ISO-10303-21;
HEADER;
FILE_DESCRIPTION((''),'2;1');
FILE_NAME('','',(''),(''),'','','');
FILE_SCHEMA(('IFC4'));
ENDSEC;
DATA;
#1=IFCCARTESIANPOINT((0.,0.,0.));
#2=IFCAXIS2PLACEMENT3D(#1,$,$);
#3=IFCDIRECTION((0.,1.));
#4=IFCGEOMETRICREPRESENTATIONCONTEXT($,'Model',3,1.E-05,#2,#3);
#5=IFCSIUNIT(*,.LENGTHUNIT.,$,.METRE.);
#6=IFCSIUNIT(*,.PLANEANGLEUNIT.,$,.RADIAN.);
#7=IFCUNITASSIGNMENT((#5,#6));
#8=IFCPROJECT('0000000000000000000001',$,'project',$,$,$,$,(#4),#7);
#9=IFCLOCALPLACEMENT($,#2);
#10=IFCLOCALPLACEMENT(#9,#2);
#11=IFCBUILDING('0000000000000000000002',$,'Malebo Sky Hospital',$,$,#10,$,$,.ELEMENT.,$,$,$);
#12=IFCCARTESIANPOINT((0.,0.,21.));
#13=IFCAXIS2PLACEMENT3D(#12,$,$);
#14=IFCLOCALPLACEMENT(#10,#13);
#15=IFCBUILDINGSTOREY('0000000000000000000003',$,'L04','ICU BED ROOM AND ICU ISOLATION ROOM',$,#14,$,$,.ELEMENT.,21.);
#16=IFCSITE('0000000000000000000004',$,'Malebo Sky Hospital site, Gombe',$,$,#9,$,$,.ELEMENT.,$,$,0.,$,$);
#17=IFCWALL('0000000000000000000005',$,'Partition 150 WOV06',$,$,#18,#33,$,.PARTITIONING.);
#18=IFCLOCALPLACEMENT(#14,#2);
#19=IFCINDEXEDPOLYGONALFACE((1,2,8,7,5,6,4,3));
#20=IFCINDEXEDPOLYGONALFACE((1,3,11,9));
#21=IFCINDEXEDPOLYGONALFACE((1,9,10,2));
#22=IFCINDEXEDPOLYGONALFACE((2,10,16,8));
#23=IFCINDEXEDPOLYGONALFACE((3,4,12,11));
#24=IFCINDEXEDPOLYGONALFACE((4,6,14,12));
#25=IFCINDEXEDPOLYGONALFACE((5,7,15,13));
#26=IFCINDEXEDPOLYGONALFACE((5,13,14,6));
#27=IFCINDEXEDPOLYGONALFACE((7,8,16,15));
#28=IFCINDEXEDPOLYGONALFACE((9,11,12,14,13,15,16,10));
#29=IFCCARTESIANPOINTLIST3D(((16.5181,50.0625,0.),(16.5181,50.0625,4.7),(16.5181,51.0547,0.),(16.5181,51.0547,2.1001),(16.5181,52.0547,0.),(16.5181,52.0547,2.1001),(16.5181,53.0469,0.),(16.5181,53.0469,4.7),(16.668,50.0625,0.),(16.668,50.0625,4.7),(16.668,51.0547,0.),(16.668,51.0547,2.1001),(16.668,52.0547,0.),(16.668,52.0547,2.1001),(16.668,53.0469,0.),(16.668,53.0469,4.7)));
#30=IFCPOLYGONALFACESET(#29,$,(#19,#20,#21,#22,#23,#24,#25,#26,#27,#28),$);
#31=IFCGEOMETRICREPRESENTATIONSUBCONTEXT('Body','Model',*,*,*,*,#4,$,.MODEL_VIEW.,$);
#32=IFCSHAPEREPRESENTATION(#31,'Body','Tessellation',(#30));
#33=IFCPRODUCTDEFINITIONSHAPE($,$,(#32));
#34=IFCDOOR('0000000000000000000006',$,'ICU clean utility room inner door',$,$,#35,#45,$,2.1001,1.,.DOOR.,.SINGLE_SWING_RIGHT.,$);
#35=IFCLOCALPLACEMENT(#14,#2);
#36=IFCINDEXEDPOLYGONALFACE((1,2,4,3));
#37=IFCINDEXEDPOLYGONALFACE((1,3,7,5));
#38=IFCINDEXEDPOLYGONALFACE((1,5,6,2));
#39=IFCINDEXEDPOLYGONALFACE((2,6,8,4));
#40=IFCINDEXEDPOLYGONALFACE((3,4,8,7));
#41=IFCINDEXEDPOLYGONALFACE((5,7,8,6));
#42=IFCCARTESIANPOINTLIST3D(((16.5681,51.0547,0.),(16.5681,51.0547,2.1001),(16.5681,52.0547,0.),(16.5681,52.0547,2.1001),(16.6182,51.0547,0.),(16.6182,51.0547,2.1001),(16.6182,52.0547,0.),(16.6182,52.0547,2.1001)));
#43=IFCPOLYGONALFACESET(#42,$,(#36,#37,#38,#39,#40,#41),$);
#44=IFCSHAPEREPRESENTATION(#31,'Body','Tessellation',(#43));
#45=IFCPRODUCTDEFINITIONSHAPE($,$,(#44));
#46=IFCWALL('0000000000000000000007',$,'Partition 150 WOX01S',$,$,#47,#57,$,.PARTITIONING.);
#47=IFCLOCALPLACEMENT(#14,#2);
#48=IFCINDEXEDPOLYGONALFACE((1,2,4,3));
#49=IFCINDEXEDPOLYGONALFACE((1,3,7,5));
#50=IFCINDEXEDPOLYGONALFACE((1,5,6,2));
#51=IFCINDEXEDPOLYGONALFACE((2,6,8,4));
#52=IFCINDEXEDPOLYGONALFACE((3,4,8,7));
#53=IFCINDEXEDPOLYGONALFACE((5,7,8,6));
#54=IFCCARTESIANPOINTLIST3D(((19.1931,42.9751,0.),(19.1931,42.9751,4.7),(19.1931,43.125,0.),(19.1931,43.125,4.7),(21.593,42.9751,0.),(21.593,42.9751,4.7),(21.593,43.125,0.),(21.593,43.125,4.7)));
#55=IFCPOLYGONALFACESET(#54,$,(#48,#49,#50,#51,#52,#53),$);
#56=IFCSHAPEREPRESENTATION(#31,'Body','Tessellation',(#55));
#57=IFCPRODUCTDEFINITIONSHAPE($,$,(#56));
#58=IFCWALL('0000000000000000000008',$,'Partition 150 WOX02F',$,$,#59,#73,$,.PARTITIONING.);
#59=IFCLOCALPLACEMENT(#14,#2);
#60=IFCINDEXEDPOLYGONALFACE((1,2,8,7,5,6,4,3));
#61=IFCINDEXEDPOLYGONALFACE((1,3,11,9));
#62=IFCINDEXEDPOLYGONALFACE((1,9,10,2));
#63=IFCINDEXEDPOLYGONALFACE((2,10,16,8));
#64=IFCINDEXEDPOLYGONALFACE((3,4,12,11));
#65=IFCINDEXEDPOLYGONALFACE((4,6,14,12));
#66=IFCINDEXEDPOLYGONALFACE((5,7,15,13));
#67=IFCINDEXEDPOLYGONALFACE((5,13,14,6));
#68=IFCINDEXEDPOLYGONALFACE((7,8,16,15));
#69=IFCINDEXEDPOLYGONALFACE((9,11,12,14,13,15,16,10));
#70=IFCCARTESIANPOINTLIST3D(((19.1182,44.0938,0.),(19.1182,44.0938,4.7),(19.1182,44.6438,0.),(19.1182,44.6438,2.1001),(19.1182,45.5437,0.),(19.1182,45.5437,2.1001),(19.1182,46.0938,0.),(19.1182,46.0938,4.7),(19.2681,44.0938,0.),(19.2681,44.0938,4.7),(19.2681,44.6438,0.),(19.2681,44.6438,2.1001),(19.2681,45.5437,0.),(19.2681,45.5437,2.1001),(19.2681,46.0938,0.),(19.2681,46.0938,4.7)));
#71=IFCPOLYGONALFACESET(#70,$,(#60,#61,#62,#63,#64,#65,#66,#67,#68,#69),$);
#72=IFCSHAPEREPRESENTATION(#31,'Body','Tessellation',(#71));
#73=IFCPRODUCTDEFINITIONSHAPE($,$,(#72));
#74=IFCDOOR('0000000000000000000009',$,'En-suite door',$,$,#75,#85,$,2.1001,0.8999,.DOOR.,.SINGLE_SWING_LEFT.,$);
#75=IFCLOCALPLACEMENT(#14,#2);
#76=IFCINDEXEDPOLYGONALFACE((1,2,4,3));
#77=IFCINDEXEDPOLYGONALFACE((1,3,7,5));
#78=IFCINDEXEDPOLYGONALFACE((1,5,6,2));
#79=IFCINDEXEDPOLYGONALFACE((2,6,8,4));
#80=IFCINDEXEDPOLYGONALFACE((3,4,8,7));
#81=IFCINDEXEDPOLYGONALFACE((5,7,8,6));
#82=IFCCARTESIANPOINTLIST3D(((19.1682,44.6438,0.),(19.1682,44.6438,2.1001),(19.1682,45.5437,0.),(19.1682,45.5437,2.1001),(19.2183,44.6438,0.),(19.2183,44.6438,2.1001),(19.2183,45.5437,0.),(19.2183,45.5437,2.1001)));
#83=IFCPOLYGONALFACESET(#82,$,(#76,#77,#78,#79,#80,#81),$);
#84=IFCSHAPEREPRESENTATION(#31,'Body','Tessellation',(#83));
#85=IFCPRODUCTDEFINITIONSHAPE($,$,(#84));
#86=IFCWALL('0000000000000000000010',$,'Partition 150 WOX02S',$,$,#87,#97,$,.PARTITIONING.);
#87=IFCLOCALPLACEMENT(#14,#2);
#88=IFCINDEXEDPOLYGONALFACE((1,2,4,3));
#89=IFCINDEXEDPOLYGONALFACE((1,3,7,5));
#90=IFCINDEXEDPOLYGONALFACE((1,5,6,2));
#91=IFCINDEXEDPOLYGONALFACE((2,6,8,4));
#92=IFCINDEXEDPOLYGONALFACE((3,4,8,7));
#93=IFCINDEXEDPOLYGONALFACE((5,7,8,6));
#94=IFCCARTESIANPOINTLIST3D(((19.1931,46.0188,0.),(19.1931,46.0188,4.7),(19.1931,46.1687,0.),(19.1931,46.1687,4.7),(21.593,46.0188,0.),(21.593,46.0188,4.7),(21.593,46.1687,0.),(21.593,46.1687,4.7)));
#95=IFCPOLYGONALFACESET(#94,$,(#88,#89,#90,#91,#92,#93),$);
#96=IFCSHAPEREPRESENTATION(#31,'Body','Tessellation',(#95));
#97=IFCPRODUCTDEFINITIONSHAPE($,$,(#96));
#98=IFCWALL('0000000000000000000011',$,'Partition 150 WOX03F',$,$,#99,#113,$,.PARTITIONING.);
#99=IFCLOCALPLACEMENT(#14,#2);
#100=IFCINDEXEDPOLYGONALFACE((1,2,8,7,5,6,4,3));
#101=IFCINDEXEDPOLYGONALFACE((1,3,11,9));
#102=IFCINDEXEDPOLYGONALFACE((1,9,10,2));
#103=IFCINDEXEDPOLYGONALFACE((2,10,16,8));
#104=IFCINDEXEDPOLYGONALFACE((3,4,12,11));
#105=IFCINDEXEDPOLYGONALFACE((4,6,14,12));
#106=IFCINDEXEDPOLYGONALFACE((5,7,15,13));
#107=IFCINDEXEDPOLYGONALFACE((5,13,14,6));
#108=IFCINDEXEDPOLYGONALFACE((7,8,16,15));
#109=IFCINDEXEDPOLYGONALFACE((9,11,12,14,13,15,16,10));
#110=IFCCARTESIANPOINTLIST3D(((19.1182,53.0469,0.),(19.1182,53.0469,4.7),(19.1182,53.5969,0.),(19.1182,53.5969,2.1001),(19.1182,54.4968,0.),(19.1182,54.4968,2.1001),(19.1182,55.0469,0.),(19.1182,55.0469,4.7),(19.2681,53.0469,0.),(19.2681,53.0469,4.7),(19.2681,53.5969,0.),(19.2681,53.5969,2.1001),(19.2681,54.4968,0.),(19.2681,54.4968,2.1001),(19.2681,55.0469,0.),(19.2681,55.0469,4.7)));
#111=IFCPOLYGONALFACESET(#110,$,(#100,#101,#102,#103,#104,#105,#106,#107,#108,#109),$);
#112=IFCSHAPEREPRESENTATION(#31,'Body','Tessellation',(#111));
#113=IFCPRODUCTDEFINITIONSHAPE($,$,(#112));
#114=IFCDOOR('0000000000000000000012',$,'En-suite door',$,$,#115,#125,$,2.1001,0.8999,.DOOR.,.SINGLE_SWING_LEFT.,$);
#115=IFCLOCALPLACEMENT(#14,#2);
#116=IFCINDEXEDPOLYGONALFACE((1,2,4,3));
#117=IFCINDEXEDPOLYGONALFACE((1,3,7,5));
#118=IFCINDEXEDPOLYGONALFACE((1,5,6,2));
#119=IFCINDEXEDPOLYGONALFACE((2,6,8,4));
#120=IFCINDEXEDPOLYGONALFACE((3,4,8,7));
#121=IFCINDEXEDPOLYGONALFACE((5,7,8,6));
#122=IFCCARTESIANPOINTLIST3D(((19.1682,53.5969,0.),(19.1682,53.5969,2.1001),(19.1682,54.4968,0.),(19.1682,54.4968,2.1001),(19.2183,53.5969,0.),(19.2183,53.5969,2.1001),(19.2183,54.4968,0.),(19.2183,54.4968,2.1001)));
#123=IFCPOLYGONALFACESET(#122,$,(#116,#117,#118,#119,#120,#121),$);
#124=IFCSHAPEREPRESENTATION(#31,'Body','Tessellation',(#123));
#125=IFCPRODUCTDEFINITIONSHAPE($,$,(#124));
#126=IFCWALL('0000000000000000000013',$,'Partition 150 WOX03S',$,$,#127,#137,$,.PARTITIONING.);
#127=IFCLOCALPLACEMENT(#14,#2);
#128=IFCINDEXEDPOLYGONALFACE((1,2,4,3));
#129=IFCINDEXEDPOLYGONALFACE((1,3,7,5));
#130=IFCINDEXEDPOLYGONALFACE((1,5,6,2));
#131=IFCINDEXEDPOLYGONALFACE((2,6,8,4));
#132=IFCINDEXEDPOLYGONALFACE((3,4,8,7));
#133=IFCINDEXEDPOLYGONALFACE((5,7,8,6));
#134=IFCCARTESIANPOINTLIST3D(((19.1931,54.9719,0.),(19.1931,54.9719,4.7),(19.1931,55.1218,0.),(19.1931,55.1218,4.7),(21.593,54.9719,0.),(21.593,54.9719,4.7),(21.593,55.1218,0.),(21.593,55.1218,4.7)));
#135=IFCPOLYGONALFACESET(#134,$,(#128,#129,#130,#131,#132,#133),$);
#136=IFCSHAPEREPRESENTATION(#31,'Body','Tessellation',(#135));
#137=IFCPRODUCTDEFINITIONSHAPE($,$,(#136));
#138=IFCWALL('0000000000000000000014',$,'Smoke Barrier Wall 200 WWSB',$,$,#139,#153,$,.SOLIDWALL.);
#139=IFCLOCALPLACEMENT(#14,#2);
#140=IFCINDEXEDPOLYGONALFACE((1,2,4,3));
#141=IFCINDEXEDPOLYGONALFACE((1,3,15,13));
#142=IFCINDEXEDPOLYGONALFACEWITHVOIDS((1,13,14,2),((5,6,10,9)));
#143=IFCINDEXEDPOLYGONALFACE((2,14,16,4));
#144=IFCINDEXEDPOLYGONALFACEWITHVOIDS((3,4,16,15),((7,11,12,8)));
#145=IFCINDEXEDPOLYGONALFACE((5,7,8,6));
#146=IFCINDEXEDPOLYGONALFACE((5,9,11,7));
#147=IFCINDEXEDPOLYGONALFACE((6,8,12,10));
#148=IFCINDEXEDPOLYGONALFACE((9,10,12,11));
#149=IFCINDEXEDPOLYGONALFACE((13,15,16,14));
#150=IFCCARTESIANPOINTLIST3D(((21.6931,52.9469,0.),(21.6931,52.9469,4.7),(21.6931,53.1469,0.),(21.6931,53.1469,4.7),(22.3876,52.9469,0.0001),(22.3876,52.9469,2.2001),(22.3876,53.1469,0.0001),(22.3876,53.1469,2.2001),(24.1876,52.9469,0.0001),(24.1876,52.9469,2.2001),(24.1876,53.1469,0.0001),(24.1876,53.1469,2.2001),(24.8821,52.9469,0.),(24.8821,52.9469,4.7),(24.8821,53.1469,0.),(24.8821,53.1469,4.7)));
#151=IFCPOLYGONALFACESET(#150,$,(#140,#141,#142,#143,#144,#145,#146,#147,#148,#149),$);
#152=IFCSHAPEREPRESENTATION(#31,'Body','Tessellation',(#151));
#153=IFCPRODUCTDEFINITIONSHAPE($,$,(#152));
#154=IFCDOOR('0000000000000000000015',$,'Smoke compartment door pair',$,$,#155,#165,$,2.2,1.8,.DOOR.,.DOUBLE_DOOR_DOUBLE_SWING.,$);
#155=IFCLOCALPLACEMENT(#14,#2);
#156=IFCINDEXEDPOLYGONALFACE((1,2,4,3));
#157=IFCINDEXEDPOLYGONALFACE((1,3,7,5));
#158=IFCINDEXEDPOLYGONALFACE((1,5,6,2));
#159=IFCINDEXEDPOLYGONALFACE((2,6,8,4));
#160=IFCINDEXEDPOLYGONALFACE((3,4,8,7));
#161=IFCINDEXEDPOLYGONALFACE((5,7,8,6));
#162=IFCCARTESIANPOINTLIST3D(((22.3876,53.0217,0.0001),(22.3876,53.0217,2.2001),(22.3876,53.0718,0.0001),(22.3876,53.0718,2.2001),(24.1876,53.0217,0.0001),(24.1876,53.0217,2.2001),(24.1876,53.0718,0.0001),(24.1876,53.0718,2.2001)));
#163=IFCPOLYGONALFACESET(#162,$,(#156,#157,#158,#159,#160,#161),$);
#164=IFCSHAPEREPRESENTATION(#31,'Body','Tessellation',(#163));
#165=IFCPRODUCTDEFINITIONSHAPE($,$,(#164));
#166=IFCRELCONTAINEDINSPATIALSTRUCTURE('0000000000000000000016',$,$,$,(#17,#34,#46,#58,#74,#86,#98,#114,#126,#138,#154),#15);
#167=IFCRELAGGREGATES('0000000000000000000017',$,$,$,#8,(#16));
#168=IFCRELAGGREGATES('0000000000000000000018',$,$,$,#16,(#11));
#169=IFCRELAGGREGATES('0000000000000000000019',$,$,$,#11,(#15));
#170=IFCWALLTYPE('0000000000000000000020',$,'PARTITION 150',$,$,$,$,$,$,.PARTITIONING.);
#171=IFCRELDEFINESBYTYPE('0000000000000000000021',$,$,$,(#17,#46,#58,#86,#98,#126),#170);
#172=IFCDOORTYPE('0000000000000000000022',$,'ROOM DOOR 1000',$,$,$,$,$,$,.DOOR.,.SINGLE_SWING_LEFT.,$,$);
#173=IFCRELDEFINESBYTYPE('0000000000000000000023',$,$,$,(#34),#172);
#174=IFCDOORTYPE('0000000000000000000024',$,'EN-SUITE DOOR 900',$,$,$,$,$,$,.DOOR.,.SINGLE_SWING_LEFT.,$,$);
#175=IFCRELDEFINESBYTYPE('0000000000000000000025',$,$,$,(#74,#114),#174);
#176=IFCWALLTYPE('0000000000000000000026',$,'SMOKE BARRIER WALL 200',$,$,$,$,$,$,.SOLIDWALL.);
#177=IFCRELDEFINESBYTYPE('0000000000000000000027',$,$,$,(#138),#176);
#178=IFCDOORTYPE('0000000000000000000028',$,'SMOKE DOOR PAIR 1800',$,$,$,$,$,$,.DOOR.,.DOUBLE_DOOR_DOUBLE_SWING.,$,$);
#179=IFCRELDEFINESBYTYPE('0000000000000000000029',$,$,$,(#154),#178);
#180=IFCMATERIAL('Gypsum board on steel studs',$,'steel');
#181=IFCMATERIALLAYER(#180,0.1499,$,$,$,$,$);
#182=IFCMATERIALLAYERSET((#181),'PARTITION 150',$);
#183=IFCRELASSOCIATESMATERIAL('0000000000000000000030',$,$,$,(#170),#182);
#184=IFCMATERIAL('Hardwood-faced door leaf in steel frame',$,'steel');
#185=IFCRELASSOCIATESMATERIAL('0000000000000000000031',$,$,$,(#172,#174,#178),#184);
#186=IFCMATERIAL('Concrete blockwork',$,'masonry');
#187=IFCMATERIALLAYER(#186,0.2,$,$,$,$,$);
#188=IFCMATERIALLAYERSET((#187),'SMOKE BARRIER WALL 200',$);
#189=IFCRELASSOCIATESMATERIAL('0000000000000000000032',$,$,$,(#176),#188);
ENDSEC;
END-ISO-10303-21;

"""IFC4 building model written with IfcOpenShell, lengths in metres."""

from ifc_helpers import new_model, si_unit, direction, frame, frame_2d, origin, place, context, subcontext, project, spatial, rectangle, extrude, material, layer, layer_set, type_object, element, fill, save


model = new_model("IFC4")

# Units and contexts
model_context = context("Model", 3, precision=1e-05, world=origin(), true_north=direction((0.0, 1.0)))
body_context = subcontext(model_context, "Body", "Model", "MODEL_VIEW")
ifc_project = project(units=[si_unit("LENGTHUNIT", "METRE"), si_unit("PLANEANGLEUNIT", "RADIAN")], contexts=[model_context])

# Site, building, storey
site_placement = place(None, origin())
site = spatial("IfcSite", under=ifc_project, at=site_placement, Name="Malebo Sky Hospital site, Gombe", CompositionType="ELEMENT", RefElevation=0.0)
building_placement = place(site_placement, origin())
building = spatial("IfcBuilding", under=site, at=building_placement, Name="Malebo Sky Hospital", CompositionType="ELEMENT")
storey_placement = place(building_placement, frame((0.0, 0.0, 21.0)))
storey = spatial("IfcBuildingStorey", under=building, at=storey_placement, Name="L04", Description="ICU BED ROOM AND ICU ISOLATION ROOM", CompositionType="ELEMENT", Elevation=21.0)

# Wall, opening, door
ifc_material_1 = material(Name="Gypsum board on steel studs", Category="steel")
ifc_layer_1 = layer(ifc_material_1, 0.1499)
ifc_layer_set_1 = layer_set([ifc_layer_1], Name="PARTITION 150")
wall_type_1 = type_object("IfcWallType", Name="PARTITION 150", PredefinedType="PARTITIONING", material=ifc_layer_set_1)
wall_1_placement = place(storey_placement, frame((16.593, 50.0625, 0.0), z_axis=(0.0, 0.0, 1.0), x_axis=(0.0, 1.0, 0.0)))
wall_1 = element("IfcWall", 1, at=wall_1_placement, inside=storey, type_object=wall_type_1, Name="Partition 150 WOV06", PredefinedType="PARTITIONING", context=body_context, shape_type="SweptSolid", body=[
    extrude(rectangle(XDim=2.9844, YDim=0.1499, at=frame_2d((1.4922, 0.0))), origin(), (0.0, 0.0, 1.0), 4.7),
])
opening_1_placement = place(wall_1_placement, frame((0.9922, 0.0, 0.0)))
opening_1 = element("IfcOpeningElement", 2, at=opening_1_placement, cuts=wall_1, PredefinedType="OPENING", context=body_context, shape_type="SweptSolid", body=[
    extrude(rectangle(XDim=1.0, YDim=2.1001, at=frame_2d((0.5, 1.05))), frame((0.0, 0.085, 0.0), z_axis=(0.0, -1.0, 0.0), x_axis=(1.0, 0.0, 0.0)), (0.0, 0.0, 1.0), 0.1699),
])
ifc_material_2 = material(Name="Hardwood-faced door leaf in steel frame", Category="steel")
door_type_1 = type_object("IfcDoorType", Name="ROOM DOOR 1000", OperationType="SINGLE_SWING_LEFT", PredefinedType="DOOR", material=ifc_material_2)
door_1_placement = place(opening_1_placement, origin())
door_1 = element("IfcDoor", 3, at=door_1_placement, inside=storey, type_object=door_type_1, Name="ICU clean utility room inner door", OperationType="SINGLE_SWING_RIGHT", OverallHeight=2.1001, OverallWidth=1.0, PredefinedType="DOOR", context=body_context, shape_type="SweptSolid", body=[
    extrude(rectangle(XDim=1.0, YDim=2.1001, at=frame_2d((0.5, 1.05))), frame((0.0, 0.0249, 0.0), z_axis=(0.0, -1.0, 0.0), x_axis=(1.0, 0.0, 0.0)), (0.0, 0.0, 1.0), 0.05),
])
fill(opening_1, door_1)

# Wall
wall_2_placement = place(storey_placement, frame((21.593, 43.05, 0.0), z_axis=(0.0, 0.0, 1.0), x_axis=(-1.0, 0.0, 0.0)))
element("IfcWall", 4, at=wall_2_placement, inside=storey, type_object=wall_type_1, Name="Partition 150 WOX01S", PredefinedType="PARTITIONING", context=body_context, shape_type="SweptSolid", body=[
    extrude(rectangle(XDim=2.3999, YDim=0.1499, at=frame_2d((1.2, 0.0))), origin(), (0.0, 0.0, 1.0), 4.7),
])

# Wall, opening, door
wall_3_placement = place(storey_placement, frame((19.1931, 44.0938, 0.0), z_axis=(0.0, 0.0, 1.0), x_axis=(0.0, 1.0, 0.0)))
wall_3 = element("IfcWall", 5, at=wall_3_placement, inside=storey, type_object=wall_type_1, Name="Partition 150 WOX02F", PredefinedType="PARTITIONING", context=body_context, shape_type="SweptSolid", body=[
    extrude(rectangle(XDim=2.0, YDim=0.1499, at=frame_2d((1.0, 0.0))), origin(), (0.0, 0.0, 1.0), 4.7),
])
opening_2_placement = place(wall_3_placement, frame((0.55, 0.0, 0.0)))
opening_2 = element("IfcOpeningElement", 6, at=opening_2_placement, cuts=wall_3, PredefinedType="OPENING", context=body_context, shape_type="SweptSolid", body=[
    extrude(rectangle(XDim=0.8999, YDim=2.1001, at=frame_2d((0.45, 1.05))), frame((0.0, 0.085, 0.0), z_axis=(0.0, -1.0, 0.0), x_axis=(1.0, 0.0, 0.0)), (0.0, 0.0, 1.0), 0.1699),
])
door_type_2 = type_object("IfcDoorType", Name="EN-SUITE DOOR 900", OperationType="SINGLE_SWING_LEFT", PredefinedType="DOOR", material=ifc_material_2)
door_2_placement = place(opening_2_placement, origin())
door_2 = element("IfcDoor", 7, at=door_2_placement, inside=storey, type_object=door_type_2, Name="En-suite door", OperationType="SINGLE_SWING_LEFT", OverallHeight=2.1001, OverallWidth=0.8999, PredefinedType="DOOR", context=body_context, shape_type="SweptSolid", body=[
    extrude(rectangle(XDim=0.8999, YDim=2.1001, at=frame_2d((0.45, 1.05))), frame((0.0, 0.0249, 0.0), z_axis=(0.0, -1.0, 0.0), x_axis=(1.0, 0.0, 0.0)), (0.0, 0.0, 1.0), 0.05),
])
fill(opening_2, door_2)

# Wall
wall_4_placement = place(storey_placement, frame((21.593, 46.0938, 0.0), z_axis=(0.0, 0.0, 1.0), x_axis=(-1.0, 0.0, 0.0)))
element("IfcWall", 8, at=wall_4_placement, inside=storey, type_object=wall_type_1, Name="Partition 150 WOX02S", PredefinedType="PARTITIONING", context=body_context, shape_type="SweptSolid", body=[
    extrude(rectangle(XDim=2.3999, YDim=0.1499, at=frame_2d((1.2, 0.0))), origin(), (0.0, 0.0, 1.0), 4.7),
])

# Wall, opening, door
wall_5_placement = place(storey_placement, frame((19.1931, 53.0469, 0.0), z_axis=(0.0, 0.0, 1.0), x_axis=(0.0, 1.0, 0.0)))
wall_5 = element("IfcWall", 9, at=wall_5_placement, inside=storey, type_object=wall_type_1, Name="Partition 150 WOX03F", PredefinedType="PARTITIONING", context=body_context, shape_type="SweptSolid", body=[
    extrude(rectangle(XDim=2.0, YDim=0.1499, at=frame_2d((1.0, 0.0))), origin(), (0.0, 0.0, 1.0), 4.7),
])
opening_3_placement = place(wall_5_placement, frame((0.55, 0.0, 0.0)))
opening_3 = element("IfcOpeningElement", 10, at=opening_3_placement, cuts=wall_5, PredefinedType="OPENING", context=body_context, shape_type="SweptSolid", body=[
    extrude(rectangle(XDim=0.8999, YDim=2.1001, at=frame_2d((0.45, 1.05))), frame((0.0, 0.085, 0.0), z_axis=(0.0, -1.0, 0.0), x_axis=(1.0, 0.0, 0.0)), (0.0, 0.0, 1.0), 0.1699),
])
door_3_placement = place(opening_3_placement, origin())
door_3 = element("IfcDoor", 11, at=door_3_placement, inside=storey, type_object=door_type_2, Name="En-suite door", OperationType="SINGLE_SWING_LEFT", OverallHeight=2.1001, OverallWidth=0.8999, PredefinedType="DOOR", context=body_context, shape_type="SweptSolid", body=[
    extrude(rectangle(XDim=0.8999, YDim=2.1001, at=frame_2d((0.45, 1.05))), frame((0.0, 0.0249, 0.0), z_axis=(0.0, -1.0, 0.0), x_axis=(1.0, 0.0, 0.0)), (0.0, 0.0, 1.0), 0.05),
])
fill(opening_3, door_3)

# Wall
wall_6_placement = place(storey_placement, frame((21.593, 55.0469, 0.0), z_axis=(0.0, 0.0, 1.0), x_axis=(-1.0, 0.0, 0.0)))
element("IfcWall", 12, at=wall_6_placement, inside=storey, type_object=wall_type_1, Name="Partition 150 WOX03S", PredefinedType="PARTITIONING", context=body_context, shape_type="SweptSolid", body=[
    extrude(rectangle(XDim=2.3999, YDim=0.1499, at=frame_2d((1.2, 0.0))), origin(), (0.0, 0.0, 1.0), 4.7),
])

# Wall, opening, door
ifc_material_3 = material(Name="Concrete blockwork", Category="masonry")
ifc_layer_2 = layer(ifc_material_3, 0.2)
ifc_layer_set_2 = layer_set([ifc_layer_2], Name="SMOKE BARRIER WALL 200")
wall_type_2 = type_object("IfcWallType", Name="SMOKE BARRIER WALL 200", PredefinedType="SOLIDWALL", material=ifc_layer_set_2)
wall_7_placement = place(storey_placement, frame((21.6931, 53.0469, 0.0), z_axis=(0.0, 0.0, 1.0), x_axis=(1.0, 0.0, 0.0)))
wall_7 = element("IfcWall", 13, at=wall_7_placement, inside=storey, type_object=wall_type_2, Name="Smoke Barrier Wall 200 WWSB", PredefinedType="SOLIDWALL", context=body_context, shape_type="SweptSolid", body=[
    extrude(rectangle(XDim=3.189, YDim=0.2, at=frame_2d((1.5945, 0.0))), origin(), (0.0, 0.0, 1.0), 4.7),
])
opening_4_placement = place(wall_7_placement, frame((0.6946, 0.0, 0.0)))
opening_4 = element("IfcOpeningElement", 14, at=opening_4_placement, cuts=wall_7, PredefinedType="OPENING", context=body_context, shape_type="SweptSolid", body=[
    extrude(rectangle(XDim=1.8, YDim=2.2, at=frame_2d((0.8999, 1.1001))), frame((0.0, 0.1099, 0.0), z_axis=(0.0, -1.0, 0.0), x_axis=(1.0, 0.0, 0.0)), (0.0, 0.0, 1.0), 0.22),
])
door_type_3 = type_object("IfcDoorType", Name="SMOKE DOOR PAIR 1800", OperationType="DOUBLE_DOOR_DOUBLE_SWING", PredefinedType="DOOR", material=ifc_material_2)
door_4_placement = place(opening_4_placement, origin())
door_4 = element("IfcDoor", 15, at=door_4_placement, inside=storey, type_object=door_type_3, Name="Smoke compartment door pair", OperationType="DOUBLE_DOOR_DOUBLE_SWING", OverallHeight=2.2, OverallWidth=1.8, PredefinedType="DOOR", context=body_context, shape_type="SweptSolid", body=[
    extrude(rectangle(XDim=1.8, YDim=2.2, at=frame_2d((0.8999, 1.1001))), frame((0.0, 0.0249, 0.0), z_axis=(0.0, -1.0, 0.0), x_axis=(1.0, 0.0, 0.0)), (0.0, 0.0, 1.0), 0.05),
])
fill(opening_4, door_4)

save(model, "model.ifc")
